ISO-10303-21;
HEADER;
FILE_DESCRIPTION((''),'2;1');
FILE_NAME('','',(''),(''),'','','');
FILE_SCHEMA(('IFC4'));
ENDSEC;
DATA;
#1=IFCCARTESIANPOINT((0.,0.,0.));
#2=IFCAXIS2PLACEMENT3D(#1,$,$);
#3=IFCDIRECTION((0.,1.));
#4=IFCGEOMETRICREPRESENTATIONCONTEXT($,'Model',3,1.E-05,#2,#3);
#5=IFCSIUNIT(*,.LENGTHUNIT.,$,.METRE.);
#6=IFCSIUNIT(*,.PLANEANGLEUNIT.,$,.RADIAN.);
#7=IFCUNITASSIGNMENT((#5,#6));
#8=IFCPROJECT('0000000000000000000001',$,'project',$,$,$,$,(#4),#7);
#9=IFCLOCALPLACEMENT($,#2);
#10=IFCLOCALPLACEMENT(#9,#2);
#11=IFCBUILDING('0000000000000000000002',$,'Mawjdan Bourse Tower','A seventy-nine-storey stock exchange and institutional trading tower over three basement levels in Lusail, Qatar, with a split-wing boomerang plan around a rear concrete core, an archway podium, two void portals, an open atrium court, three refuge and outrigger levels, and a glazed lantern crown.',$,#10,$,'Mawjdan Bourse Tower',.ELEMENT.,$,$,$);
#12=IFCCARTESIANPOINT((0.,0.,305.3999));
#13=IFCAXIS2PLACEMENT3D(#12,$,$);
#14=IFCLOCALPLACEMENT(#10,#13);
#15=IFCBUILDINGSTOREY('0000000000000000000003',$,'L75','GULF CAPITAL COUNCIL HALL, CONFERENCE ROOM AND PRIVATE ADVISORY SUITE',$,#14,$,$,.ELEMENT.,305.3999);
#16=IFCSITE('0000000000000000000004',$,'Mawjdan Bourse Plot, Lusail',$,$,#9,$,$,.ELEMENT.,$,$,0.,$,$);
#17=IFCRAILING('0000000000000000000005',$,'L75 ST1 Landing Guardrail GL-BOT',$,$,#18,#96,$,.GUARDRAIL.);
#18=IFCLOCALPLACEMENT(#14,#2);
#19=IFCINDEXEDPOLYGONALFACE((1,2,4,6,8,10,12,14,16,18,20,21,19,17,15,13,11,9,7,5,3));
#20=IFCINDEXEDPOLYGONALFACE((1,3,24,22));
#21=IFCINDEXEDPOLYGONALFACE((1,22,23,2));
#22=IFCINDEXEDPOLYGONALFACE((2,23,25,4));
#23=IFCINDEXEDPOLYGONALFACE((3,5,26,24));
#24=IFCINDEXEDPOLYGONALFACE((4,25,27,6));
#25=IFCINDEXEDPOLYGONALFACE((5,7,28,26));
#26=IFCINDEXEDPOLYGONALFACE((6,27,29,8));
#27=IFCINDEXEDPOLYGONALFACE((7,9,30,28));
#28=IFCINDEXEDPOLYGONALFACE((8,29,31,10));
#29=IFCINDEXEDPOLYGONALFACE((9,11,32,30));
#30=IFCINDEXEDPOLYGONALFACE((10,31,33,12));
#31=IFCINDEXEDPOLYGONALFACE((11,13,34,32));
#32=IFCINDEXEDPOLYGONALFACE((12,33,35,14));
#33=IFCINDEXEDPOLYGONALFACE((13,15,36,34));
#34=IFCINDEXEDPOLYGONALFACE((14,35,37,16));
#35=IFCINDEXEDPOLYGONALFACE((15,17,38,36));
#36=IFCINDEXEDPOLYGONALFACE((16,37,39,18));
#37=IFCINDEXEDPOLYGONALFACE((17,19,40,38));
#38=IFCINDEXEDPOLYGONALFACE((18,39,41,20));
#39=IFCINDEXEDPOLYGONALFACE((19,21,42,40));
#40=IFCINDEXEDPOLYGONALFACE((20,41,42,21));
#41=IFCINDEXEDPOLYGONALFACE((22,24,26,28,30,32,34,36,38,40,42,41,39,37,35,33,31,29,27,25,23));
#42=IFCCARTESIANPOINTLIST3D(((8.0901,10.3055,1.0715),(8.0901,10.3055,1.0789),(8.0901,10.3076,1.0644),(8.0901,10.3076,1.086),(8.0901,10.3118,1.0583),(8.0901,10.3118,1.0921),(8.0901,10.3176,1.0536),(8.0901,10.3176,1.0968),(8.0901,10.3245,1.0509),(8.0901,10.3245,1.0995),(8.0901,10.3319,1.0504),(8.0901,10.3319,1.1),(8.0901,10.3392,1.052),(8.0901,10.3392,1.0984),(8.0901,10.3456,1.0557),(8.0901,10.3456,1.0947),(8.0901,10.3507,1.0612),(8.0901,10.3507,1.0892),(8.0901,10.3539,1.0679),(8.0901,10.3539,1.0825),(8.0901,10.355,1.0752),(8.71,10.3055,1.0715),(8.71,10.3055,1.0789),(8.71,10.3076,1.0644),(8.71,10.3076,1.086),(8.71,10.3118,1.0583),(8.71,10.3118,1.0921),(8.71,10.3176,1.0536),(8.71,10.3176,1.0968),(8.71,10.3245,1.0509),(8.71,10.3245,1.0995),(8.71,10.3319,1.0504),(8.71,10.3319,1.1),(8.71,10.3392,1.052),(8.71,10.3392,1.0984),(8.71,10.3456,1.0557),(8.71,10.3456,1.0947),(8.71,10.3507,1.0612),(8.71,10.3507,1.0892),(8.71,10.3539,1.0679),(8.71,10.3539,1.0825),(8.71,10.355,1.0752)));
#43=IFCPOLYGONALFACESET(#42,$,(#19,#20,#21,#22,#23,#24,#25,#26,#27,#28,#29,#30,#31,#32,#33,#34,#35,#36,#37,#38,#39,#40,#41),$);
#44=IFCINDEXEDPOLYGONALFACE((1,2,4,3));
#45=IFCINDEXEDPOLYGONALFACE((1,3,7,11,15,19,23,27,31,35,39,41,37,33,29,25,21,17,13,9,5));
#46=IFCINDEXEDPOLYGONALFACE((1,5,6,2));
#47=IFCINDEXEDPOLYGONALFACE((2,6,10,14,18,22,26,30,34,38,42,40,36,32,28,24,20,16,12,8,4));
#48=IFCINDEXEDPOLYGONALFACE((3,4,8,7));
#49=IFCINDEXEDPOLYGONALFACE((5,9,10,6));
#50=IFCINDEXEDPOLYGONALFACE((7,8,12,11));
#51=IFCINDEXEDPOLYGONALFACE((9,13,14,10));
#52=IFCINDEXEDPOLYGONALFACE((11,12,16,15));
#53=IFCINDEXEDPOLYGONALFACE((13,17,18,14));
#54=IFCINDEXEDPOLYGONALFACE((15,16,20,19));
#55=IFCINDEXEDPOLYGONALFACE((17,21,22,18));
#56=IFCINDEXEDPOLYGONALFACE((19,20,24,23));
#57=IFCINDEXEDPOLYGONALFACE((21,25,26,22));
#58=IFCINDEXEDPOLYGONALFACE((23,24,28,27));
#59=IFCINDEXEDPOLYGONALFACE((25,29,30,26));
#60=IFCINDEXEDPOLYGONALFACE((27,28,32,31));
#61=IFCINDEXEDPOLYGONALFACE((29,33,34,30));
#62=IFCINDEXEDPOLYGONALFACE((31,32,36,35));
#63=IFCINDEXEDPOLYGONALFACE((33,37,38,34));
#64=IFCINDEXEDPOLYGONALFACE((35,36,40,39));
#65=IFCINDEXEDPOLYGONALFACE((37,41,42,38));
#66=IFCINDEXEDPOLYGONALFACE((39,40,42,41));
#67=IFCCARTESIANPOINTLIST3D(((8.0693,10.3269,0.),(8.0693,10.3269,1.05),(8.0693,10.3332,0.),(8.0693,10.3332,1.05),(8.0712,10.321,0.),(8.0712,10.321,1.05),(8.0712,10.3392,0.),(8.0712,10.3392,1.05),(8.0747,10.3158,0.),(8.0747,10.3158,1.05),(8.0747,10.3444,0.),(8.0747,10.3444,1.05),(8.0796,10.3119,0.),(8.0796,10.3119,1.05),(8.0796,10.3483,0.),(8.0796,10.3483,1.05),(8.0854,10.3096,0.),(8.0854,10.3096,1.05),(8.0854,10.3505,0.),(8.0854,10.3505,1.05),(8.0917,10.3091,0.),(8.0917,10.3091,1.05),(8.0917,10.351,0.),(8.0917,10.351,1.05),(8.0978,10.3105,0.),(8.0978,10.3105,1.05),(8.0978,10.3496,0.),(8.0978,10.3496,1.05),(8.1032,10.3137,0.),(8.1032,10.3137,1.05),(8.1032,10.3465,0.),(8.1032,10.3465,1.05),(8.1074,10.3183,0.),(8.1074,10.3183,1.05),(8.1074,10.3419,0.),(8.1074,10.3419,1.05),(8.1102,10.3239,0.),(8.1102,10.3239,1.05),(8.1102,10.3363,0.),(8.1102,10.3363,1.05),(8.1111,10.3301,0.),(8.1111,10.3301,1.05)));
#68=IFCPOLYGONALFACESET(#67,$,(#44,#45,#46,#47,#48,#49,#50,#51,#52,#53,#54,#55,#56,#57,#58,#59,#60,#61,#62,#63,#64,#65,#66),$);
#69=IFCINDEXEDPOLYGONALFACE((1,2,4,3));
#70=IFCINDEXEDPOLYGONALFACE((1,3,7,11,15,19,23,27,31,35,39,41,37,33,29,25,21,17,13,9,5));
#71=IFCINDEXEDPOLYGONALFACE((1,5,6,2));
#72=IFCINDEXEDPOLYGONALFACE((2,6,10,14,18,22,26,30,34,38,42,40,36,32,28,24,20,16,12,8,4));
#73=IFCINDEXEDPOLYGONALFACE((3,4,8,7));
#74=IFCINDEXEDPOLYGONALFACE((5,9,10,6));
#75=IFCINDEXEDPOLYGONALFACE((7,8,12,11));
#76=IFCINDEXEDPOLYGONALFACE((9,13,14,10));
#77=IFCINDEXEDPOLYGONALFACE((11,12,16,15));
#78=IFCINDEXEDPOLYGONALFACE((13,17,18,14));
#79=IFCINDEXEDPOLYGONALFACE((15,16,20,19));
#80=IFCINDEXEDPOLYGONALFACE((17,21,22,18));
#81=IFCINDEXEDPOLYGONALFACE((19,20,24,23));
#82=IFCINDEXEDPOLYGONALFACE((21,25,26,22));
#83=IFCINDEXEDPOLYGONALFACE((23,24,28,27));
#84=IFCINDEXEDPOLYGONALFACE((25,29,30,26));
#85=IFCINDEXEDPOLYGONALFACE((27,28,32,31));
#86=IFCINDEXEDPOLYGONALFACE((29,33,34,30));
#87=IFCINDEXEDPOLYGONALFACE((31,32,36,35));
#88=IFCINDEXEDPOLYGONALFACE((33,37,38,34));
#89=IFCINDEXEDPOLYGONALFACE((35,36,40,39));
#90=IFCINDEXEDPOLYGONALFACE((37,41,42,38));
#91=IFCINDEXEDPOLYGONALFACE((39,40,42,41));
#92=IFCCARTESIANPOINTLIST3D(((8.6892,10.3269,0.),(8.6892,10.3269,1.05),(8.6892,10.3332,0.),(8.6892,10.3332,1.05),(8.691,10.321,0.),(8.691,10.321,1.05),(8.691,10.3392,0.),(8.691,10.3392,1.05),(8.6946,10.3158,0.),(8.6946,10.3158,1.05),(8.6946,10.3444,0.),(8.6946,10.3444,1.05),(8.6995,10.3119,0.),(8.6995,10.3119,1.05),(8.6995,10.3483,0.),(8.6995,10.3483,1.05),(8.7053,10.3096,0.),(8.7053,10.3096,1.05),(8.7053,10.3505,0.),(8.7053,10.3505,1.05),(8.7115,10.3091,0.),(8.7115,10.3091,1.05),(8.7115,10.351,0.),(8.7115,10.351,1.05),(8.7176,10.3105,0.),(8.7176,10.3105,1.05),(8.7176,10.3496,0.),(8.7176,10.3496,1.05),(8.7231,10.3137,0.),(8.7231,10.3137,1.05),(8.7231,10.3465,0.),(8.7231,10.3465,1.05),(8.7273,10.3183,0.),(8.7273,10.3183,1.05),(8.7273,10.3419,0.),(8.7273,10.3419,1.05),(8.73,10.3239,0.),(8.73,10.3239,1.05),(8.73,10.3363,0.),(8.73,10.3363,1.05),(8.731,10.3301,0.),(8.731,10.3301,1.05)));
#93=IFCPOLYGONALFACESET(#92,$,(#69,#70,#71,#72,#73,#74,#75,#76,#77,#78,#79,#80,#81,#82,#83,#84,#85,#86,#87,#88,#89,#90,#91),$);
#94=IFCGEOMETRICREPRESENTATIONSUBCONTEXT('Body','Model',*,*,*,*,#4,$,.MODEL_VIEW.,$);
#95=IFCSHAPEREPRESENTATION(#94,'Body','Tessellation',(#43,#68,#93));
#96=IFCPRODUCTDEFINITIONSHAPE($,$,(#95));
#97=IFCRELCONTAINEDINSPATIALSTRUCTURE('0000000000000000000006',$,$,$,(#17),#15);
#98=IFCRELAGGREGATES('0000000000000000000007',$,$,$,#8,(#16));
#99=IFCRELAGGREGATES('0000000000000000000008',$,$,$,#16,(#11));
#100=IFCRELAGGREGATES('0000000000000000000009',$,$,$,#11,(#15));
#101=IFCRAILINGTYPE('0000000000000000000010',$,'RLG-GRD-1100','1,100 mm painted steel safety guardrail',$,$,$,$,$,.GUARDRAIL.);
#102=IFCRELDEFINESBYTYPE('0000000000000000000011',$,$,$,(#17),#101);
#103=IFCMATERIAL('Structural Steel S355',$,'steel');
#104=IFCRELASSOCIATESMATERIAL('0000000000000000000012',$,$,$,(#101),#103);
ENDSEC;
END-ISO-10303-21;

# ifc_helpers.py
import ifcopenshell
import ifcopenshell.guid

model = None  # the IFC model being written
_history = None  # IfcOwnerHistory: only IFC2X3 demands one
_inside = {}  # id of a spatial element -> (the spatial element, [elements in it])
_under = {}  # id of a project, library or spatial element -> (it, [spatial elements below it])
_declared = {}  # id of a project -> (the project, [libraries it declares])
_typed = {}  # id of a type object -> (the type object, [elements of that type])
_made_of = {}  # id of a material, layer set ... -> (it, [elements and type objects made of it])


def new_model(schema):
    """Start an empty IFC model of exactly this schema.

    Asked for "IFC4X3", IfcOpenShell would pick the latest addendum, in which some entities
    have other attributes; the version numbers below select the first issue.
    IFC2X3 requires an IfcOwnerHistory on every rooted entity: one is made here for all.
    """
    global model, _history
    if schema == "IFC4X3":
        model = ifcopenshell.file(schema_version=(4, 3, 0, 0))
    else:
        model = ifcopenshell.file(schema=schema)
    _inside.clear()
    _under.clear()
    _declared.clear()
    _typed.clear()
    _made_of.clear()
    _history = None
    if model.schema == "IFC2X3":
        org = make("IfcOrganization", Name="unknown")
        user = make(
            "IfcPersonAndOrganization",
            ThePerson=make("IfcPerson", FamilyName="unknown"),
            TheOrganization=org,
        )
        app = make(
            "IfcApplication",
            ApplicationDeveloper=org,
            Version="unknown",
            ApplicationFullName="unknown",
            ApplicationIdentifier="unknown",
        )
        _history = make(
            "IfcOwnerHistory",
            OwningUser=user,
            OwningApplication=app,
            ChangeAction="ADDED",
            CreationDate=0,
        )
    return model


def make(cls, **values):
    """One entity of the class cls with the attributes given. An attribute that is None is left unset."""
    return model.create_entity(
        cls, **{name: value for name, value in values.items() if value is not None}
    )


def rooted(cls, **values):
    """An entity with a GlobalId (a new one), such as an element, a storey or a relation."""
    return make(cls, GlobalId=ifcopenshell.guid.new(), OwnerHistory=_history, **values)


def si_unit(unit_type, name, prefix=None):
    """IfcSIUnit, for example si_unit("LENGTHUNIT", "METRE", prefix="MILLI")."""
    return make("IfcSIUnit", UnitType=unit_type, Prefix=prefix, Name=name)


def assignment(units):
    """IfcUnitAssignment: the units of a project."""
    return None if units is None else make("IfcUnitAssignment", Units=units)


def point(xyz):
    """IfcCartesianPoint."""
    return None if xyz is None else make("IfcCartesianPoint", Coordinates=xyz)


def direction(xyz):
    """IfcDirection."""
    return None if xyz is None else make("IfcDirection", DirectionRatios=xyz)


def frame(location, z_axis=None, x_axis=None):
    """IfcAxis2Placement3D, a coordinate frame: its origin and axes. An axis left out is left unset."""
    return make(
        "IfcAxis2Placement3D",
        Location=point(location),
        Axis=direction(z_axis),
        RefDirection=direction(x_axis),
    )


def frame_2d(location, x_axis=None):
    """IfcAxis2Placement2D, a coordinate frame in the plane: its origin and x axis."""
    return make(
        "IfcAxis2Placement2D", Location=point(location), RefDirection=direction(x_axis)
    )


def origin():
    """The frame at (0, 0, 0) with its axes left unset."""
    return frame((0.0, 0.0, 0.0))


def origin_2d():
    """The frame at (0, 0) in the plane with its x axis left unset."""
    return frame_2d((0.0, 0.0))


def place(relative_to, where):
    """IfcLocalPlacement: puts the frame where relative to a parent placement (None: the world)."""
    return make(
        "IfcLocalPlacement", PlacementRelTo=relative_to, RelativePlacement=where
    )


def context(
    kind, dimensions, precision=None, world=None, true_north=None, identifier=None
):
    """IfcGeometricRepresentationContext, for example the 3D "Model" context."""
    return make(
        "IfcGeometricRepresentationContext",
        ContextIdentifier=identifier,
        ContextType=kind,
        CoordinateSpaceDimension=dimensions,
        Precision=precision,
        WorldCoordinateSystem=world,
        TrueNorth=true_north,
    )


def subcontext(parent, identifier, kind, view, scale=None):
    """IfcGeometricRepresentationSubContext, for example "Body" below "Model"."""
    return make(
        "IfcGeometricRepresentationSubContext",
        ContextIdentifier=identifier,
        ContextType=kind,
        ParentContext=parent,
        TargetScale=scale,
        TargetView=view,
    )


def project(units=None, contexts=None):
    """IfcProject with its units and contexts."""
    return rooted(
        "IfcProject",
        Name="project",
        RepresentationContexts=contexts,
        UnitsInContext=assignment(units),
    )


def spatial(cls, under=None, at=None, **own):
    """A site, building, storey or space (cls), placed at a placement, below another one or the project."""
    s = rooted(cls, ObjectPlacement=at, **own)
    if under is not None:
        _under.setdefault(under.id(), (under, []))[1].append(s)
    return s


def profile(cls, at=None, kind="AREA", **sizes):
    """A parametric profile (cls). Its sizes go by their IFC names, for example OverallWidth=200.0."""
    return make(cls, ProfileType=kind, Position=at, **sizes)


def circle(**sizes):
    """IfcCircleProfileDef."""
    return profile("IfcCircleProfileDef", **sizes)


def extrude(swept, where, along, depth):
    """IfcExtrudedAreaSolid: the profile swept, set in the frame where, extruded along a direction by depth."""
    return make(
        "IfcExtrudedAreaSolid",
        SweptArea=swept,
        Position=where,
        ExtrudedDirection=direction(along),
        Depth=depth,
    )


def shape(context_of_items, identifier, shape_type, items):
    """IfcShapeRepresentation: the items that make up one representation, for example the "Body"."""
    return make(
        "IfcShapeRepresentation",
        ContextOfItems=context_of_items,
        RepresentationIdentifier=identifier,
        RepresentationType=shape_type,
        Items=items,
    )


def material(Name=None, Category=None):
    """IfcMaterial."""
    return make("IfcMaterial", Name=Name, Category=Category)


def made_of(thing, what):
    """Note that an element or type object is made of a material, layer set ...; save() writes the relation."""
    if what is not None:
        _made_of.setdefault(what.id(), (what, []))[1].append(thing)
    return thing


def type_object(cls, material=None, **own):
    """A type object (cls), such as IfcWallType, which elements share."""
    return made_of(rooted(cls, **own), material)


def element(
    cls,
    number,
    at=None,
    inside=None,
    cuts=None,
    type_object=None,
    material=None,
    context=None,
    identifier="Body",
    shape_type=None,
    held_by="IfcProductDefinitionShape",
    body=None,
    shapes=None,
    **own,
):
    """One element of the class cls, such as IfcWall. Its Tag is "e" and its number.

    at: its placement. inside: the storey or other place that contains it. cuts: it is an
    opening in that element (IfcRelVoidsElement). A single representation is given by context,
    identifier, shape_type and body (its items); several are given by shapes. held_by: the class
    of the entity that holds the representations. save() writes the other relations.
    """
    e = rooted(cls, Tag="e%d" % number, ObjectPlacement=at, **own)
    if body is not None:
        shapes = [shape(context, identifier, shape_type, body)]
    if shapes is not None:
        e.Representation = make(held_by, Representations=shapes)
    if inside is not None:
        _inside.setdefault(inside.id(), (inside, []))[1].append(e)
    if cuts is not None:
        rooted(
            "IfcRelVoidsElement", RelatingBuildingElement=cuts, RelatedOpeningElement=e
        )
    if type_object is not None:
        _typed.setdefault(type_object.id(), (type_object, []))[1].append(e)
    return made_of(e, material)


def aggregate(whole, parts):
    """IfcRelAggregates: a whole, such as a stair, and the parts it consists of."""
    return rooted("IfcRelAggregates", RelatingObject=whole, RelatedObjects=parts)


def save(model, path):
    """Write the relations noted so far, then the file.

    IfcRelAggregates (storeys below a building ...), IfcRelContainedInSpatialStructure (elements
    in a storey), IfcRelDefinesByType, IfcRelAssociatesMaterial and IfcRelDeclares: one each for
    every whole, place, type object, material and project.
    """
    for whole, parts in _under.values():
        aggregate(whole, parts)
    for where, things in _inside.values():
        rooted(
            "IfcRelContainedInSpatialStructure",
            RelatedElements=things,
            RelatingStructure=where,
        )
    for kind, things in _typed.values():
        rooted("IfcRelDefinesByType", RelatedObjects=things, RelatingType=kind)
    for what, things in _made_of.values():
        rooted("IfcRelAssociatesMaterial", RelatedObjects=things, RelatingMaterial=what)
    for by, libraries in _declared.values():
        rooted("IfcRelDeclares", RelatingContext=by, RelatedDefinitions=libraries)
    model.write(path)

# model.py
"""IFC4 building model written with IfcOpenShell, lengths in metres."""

from ifc_helpers import new_model, si_unit, direction, frame, origin, origin_2d, place, context, subcontext, project, spatial, circle, extrude, material, type_object, element, save


model = new_model("IFC4")

# Units and contexts
model_context = context("Model", 3, precision=1e-05, world=origin(), true_north=direction((0.0, 1.0)))
body_context = subcontext(model_context, "Body", "Model", "MODEL_VIEW")
ifc_project = project(units=[si_unit("LENGTHUNIT", "METRE"), si_unit("PLANEANGLEUNIT", "RADIAN")], contexts=[model_context])

# Site, building, storey
site_placement = place(None, origin())
site = spatial("IfcSite", under=ifc_project, at=site_placement, Name="Mawjdan Bourse Plot, Lusail", CompositionType="ELEMENT", RefElevation=0.0)
building_placement = place(site_placement, origin())
building = spatial("IfcBuilding", under=site, at=building_placement, Name="Mawjdan Bourse Tower", Description="A seventy-nine-storey stock exchange and institutional trading tower over three basement levels in Lusail, Qatar, with a split-wing boomerang plan around a rear concrete core, an archway podium, two void portals, an open atrium court, three refuge and outrigger levels, and a glazed lantern crown.", LongName="Mawjdan Bourse Tower", CompositionType="ELEMENT")
storey_placement = place(building_placement, frame((0.0, 0.0, 305.3999)))
storey = spatial("IfcBuildingStorey", under=building, at=storey_placement, Name="L75", Description="GULF CAPITAL COUNCIL HALL, CONFERENCE ROOM AND PRIVATE ADVISORY SUITE", CompositionType="ELEMENT", Elevation=305.3999)

# Railing
ifc_material_1 = material(Name="Structural Steel S355", Category="steel")
railing_type_1 = type_object("IfcRailingType", Name="RLG-GRD-1100", Description="1,100 mm painted steel safety guardrail", PredefinedType="GUARDRAIL", material=ifc_material_1)
for number, where, name in (
    (1, (8.0901, 10.3301, 0.0), "L75 ST1 Landing Guardrail GL-BOT"),
):
    element("IfcRailing", number, at=place(storey_placement, frame(where)), inside=storey, type_object=railing_type_1, Name=name, PredefinedType="GUARDRAIL", context=body_context, shape_type="SweptSolid", body=[
        extrude(circle(Radius=0.0249, at=origin_2d()), frame((0.0, 0.0, 1.0752), z_axis=(1.0, 0.0, 0.0), x_axis=(0.0, 1.0, 0.0)), (0.0, 0.0, 1.0), 0.6199),
        extrude(circle(Radius=0.021, at=origin_2d()), origin(), (0.0, 0.0, 1.0), 1.05),
        extrude(circle(Radius=0.021, at=origin_2d()), frame((0.6199, 0.0, 0.0)), (0.0, 0.0, 1.0), 1.05),
    ])

save(model, "model.ifc")
